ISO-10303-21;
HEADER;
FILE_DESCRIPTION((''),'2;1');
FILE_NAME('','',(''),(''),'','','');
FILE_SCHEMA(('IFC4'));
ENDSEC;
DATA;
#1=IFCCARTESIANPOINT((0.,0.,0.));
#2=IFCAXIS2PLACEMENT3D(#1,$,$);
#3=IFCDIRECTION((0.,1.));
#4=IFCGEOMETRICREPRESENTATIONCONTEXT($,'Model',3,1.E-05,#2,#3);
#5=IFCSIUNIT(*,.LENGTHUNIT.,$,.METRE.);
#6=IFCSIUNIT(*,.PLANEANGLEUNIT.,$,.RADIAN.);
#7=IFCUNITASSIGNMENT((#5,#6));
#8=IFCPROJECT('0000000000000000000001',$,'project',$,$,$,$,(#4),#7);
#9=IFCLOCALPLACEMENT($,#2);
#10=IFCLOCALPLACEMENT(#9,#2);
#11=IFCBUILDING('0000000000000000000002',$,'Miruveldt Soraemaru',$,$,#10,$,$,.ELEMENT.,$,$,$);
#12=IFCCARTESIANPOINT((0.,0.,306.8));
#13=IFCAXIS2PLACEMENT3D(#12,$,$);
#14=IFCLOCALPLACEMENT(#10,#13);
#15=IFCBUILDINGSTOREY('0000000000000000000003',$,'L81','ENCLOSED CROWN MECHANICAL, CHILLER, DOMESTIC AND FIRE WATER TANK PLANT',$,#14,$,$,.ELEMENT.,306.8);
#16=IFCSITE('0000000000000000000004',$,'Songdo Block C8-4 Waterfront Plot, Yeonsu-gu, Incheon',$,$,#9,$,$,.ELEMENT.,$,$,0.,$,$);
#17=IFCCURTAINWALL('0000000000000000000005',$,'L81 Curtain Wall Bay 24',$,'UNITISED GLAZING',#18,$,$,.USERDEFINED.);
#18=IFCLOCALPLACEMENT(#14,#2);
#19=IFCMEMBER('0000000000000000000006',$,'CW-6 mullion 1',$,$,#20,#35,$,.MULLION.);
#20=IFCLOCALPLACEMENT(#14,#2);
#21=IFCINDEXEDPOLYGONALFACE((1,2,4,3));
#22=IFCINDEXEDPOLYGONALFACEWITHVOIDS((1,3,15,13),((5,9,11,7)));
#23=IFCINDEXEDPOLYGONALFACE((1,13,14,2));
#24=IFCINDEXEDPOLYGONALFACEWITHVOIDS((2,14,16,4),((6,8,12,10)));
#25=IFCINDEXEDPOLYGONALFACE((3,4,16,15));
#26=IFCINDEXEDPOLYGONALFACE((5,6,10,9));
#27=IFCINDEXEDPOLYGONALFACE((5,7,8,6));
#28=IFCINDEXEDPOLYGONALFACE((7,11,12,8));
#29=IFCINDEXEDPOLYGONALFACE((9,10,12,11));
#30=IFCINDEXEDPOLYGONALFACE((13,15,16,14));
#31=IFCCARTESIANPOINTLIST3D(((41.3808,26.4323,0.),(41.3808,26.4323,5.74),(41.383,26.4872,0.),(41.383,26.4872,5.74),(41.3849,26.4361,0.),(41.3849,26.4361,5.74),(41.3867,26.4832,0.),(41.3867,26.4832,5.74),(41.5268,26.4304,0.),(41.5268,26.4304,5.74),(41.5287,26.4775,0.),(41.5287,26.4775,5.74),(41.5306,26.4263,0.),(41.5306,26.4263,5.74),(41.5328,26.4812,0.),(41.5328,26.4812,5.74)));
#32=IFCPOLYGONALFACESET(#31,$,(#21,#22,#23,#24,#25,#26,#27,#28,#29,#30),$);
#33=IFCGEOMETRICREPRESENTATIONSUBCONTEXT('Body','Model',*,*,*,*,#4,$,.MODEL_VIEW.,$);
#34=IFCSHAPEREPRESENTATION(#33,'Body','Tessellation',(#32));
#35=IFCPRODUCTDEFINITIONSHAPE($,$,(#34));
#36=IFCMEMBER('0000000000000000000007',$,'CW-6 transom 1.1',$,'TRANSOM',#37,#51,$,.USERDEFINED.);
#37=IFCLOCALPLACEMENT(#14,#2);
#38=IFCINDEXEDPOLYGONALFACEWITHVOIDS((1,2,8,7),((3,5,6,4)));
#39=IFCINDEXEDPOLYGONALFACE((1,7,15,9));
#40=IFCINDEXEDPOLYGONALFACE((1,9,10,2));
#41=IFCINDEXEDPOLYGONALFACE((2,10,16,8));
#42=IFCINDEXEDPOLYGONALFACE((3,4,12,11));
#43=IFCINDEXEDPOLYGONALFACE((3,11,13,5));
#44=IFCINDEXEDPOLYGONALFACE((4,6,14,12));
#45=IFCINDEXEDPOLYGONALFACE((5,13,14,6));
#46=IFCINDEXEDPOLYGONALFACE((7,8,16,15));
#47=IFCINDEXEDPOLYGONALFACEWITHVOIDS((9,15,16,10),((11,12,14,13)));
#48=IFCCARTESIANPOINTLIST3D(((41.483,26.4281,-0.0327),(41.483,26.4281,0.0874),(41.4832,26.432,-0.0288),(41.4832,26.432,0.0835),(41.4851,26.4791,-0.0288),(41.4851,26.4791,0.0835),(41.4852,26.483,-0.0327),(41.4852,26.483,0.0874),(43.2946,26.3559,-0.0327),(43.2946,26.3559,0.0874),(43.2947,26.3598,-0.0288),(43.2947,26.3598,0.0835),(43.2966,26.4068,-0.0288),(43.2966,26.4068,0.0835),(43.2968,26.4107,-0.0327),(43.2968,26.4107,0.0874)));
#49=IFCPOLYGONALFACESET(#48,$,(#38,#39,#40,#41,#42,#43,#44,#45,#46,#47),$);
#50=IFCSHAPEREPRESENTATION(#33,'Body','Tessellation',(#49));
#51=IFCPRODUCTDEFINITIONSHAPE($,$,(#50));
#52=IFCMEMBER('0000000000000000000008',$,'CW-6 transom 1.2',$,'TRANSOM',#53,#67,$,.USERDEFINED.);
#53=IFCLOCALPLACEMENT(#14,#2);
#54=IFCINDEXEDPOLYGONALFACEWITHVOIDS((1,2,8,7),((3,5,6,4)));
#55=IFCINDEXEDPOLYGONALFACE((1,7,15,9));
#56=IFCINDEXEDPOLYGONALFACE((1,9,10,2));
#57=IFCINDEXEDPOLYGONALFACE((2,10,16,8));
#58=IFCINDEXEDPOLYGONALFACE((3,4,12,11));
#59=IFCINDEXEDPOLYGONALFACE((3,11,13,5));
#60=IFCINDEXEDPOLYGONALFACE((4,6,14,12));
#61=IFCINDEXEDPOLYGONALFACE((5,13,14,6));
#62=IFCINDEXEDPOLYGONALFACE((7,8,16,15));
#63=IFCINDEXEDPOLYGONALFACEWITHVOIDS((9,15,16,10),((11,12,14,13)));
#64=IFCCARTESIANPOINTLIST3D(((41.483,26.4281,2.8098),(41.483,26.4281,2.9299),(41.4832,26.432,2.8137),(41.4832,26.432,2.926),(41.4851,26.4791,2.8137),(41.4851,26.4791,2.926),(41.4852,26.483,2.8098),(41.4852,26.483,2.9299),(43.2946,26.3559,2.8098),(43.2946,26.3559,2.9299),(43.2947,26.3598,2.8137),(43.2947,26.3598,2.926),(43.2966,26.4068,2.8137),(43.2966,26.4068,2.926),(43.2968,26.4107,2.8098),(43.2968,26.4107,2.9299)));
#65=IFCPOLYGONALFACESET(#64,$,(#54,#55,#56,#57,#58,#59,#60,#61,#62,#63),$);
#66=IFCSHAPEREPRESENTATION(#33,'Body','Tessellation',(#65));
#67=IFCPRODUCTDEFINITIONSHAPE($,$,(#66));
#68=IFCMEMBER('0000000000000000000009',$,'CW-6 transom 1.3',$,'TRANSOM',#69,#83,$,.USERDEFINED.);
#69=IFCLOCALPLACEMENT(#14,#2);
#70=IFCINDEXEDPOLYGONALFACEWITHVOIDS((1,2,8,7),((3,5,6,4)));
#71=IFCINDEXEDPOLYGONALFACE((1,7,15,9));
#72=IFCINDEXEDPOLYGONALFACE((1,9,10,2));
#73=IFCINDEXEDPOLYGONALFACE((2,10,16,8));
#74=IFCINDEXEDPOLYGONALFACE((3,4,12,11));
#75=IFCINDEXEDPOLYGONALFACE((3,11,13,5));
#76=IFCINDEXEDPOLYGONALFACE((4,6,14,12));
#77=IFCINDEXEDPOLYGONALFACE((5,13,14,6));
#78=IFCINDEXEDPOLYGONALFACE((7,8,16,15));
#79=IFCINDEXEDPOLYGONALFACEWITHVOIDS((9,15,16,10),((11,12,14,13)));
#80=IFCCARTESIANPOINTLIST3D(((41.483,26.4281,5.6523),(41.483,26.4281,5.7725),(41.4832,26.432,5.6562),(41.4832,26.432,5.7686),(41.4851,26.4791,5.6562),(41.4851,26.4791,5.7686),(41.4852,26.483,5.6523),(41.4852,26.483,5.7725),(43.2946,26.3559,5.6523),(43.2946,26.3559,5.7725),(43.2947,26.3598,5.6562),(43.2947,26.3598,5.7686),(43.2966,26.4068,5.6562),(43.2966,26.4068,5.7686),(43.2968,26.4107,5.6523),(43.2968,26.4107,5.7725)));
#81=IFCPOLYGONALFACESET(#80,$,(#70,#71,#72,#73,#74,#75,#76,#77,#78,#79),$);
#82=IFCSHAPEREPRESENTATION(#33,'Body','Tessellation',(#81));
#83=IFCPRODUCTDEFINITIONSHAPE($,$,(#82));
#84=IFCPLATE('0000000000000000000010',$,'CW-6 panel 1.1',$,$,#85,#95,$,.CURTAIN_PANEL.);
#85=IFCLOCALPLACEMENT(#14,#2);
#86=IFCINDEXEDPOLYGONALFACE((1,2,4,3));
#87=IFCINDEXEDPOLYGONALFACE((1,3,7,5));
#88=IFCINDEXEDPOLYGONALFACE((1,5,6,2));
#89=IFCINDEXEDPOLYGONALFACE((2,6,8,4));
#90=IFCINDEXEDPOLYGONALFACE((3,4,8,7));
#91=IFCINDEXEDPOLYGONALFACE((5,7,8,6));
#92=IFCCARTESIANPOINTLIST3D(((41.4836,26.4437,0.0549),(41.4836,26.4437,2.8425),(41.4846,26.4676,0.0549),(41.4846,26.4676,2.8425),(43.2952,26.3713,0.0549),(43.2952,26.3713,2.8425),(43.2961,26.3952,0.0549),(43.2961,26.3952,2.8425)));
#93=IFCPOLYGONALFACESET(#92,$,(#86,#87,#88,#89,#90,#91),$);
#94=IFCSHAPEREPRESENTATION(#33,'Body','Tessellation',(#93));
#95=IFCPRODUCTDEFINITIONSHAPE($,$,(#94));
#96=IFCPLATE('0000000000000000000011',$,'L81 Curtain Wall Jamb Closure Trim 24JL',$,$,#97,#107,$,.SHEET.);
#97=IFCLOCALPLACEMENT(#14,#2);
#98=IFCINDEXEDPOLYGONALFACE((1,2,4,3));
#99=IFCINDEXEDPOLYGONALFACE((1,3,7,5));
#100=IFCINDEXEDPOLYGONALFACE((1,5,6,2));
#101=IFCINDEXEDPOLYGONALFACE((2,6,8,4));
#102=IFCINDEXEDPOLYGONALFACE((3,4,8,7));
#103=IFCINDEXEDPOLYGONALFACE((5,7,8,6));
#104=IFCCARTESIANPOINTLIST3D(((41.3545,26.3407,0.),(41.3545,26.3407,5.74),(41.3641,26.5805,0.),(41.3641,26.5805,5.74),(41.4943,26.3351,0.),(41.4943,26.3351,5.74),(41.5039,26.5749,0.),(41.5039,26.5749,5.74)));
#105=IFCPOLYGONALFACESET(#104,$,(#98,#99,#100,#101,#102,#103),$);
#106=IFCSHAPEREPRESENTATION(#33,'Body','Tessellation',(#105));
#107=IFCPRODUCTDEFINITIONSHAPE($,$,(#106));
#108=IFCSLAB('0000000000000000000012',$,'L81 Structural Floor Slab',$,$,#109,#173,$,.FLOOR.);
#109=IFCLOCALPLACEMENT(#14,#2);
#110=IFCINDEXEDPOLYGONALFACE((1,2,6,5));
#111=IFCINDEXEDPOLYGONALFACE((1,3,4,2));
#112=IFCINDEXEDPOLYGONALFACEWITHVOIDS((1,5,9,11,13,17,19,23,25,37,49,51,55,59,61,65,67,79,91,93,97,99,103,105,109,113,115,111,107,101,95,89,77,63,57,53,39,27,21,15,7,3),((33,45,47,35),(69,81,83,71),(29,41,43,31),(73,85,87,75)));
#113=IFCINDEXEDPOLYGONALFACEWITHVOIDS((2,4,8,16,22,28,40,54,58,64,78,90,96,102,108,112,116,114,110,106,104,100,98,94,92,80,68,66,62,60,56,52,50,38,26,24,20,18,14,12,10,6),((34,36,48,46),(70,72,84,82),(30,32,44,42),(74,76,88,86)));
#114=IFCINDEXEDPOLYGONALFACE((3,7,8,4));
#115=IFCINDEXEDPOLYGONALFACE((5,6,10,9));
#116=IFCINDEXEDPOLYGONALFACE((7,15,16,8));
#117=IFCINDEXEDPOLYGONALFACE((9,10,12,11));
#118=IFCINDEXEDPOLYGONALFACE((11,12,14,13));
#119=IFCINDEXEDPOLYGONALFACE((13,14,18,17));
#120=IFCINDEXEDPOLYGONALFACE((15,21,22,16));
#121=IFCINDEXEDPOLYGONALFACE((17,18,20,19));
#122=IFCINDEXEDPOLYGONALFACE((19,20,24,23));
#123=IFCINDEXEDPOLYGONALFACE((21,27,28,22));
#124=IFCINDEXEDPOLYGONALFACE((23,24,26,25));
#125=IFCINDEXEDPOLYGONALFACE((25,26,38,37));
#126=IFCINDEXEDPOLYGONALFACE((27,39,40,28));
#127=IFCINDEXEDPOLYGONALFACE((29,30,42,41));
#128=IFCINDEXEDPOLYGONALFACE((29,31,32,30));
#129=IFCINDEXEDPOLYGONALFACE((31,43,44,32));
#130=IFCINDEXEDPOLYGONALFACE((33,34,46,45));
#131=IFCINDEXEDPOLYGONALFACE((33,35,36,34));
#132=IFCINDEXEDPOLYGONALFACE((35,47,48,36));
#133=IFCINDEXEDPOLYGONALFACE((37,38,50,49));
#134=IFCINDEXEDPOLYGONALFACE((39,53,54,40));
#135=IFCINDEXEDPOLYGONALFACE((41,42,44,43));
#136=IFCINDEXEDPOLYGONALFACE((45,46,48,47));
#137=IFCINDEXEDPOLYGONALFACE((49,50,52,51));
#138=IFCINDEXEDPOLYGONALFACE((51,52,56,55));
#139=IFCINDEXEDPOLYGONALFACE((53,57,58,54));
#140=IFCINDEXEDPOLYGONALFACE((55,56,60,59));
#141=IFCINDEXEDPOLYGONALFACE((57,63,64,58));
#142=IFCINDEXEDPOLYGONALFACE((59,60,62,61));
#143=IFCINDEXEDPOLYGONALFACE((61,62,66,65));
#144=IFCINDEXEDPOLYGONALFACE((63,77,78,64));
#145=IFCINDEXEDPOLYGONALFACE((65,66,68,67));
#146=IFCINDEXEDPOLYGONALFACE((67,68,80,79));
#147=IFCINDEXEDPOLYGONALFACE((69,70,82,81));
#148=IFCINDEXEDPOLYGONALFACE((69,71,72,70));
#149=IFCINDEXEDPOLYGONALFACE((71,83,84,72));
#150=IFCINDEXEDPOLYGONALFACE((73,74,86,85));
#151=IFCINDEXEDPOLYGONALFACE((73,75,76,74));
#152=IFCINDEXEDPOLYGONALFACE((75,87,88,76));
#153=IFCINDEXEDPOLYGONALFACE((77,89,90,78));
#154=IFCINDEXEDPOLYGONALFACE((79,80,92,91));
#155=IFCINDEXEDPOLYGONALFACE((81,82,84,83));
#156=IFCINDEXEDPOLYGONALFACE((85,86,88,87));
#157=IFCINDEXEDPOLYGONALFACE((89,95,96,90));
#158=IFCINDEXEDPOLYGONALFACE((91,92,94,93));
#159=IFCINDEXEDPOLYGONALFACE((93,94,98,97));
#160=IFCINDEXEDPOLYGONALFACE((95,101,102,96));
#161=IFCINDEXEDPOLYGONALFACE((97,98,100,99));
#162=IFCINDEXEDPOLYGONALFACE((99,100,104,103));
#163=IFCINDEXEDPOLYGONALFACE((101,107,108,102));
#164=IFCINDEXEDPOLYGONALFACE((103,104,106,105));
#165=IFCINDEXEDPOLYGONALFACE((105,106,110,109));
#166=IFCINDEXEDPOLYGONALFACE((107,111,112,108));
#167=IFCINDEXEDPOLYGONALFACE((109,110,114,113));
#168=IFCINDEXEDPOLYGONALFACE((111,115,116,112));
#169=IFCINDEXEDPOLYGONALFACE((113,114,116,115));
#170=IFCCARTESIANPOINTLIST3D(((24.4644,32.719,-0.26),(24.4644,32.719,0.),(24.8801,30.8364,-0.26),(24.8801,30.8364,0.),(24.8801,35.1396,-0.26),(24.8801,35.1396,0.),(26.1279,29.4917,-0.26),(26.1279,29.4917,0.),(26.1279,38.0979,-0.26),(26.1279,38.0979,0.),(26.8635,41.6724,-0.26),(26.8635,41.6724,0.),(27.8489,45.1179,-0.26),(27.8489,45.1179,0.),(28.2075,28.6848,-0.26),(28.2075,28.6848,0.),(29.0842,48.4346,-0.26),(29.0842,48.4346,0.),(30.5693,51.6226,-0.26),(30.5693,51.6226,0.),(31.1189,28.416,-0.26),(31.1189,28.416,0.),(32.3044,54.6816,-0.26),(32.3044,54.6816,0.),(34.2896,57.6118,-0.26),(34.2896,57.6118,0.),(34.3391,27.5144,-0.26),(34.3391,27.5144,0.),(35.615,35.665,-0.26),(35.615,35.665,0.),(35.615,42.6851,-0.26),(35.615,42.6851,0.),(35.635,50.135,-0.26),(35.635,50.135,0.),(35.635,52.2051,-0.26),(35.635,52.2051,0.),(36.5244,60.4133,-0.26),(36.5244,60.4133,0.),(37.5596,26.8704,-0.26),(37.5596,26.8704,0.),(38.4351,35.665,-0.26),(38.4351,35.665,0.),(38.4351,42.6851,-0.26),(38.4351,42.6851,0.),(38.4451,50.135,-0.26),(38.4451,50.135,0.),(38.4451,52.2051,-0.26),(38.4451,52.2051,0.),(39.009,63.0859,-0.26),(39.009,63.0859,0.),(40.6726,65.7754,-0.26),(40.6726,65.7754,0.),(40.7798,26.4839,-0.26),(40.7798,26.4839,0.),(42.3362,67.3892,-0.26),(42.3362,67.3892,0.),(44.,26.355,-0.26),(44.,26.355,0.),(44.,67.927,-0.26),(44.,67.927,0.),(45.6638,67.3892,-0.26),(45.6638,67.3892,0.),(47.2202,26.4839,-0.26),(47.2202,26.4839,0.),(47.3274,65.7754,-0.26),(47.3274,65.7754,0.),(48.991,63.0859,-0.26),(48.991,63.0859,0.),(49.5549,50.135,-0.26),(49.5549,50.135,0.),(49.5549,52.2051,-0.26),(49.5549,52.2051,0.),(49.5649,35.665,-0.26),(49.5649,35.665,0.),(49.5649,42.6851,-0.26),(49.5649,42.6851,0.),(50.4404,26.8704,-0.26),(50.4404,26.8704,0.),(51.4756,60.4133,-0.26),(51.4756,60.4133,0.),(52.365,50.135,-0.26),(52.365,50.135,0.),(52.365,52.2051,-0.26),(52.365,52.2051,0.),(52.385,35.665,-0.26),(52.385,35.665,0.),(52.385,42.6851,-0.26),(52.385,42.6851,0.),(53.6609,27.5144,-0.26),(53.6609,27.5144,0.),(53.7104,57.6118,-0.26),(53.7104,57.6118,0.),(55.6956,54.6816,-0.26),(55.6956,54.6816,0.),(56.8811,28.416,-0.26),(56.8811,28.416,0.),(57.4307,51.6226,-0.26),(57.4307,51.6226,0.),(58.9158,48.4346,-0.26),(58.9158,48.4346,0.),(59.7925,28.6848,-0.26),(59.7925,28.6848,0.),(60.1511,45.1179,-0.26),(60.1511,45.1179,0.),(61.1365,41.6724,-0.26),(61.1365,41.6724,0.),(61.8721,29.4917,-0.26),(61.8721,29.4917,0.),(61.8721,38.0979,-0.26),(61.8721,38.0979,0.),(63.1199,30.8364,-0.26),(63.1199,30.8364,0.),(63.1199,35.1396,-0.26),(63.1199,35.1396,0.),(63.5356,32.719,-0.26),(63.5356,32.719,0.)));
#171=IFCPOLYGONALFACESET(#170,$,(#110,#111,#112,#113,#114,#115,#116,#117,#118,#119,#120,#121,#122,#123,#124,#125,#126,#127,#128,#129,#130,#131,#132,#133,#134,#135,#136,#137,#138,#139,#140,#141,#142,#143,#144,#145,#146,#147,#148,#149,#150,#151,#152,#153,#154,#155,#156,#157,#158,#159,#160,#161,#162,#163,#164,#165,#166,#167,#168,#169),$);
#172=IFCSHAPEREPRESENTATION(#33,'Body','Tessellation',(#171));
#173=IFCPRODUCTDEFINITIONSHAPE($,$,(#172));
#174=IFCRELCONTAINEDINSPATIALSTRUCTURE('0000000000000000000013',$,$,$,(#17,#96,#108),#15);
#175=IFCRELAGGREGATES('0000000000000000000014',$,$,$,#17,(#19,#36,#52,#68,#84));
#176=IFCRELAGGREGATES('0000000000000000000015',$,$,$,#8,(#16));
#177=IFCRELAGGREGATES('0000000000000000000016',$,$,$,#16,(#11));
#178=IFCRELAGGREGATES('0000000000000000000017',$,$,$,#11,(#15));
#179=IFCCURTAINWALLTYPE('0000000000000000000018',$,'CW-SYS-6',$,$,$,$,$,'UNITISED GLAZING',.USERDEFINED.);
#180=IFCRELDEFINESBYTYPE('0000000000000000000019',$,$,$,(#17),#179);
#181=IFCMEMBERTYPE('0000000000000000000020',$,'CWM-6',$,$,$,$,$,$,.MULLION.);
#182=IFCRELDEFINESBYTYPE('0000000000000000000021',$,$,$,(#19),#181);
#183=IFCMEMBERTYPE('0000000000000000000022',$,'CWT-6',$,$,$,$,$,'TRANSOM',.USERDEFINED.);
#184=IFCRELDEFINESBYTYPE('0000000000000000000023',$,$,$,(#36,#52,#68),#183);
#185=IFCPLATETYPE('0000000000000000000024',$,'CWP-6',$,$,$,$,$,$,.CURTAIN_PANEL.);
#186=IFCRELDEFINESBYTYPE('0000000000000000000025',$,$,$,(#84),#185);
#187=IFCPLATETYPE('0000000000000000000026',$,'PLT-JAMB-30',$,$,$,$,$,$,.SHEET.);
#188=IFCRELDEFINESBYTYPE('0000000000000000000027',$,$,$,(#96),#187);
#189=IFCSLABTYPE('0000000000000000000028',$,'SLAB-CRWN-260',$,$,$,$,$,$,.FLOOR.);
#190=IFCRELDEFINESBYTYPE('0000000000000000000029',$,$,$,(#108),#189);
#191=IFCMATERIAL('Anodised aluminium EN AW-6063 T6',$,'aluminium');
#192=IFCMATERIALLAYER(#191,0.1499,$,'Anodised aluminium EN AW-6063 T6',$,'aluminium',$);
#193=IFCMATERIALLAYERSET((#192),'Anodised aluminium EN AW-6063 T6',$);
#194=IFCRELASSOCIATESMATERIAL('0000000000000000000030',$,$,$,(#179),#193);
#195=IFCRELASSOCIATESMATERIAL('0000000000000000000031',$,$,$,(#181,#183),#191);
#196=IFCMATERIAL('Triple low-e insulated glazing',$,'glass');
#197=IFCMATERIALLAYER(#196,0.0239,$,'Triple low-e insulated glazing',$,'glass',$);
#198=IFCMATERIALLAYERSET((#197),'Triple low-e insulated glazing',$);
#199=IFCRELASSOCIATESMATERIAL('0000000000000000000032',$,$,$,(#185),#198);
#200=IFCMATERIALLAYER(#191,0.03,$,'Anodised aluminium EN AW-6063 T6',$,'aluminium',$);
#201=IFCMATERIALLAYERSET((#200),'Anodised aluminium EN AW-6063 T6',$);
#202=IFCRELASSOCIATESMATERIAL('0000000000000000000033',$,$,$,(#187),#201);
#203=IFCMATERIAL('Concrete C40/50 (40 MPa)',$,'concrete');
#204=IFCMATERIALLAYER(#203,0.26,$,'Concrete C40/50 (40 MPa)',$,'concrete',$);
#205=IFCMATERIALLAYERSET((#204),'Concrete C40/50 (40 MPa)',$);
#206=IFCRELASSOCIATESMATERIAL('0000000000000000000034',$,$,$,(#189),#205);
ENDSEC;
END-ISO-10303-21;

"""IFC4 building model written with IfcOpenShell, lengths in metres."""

from ifc_helpers import new_model, si_unit, direction, frame, origin, origin_2d, place, context, subcontext, project, spatial, polyline, rectangle, hollow_rectangle, outline, extrude, material, layer, layer_set, material_profile, profile_set, type_object, element, aggregate, save


model = new_model("IFC4")

# Units and contexts
model_context = context("Model", 3, precision=1e-05, world=origin(), true_north=direction((0.0, 1.0)))
body_context = subcontext(model_context, "Body", "Model", "MODEL_VIEW")
ifc_project = project(units=[si_unit("LENGTHUNIT", "METRE"), si_unit("PLANEANGLEUNIT", "RADIAN")], contexts=[model_context])

# Site, building, storey
site_placement = place(None, origin())
site = spatial("IfcSite", under=ifc_project, at=site_placement, Name="Songdo Block C8-4 Waterfront Plot, Yeonsu-gu, Incheon", CompositionType="ELEMENT", RefElevation=0.0)
building_placement = place(site_placement, origin())
building = spatial("IfcBuilding", under=site, at=building_placement, Name="Miruveldt Soraemaru", CompositionType="ELEMENT")
storey_placement = place(building_placement, frame((0.0, 0.0, 306.8)))
storey = spatial("IfcBuildingStorey", under=building, at=storey_placement, Name="L81", Description="ENCLOSED CROWN MECHANICAL, CHILLER, DOMESTIC AND FIRE WATER TANK PLANT", CompositionType="ELEMENT", Elevation=306.8)

# Curtain wall, members, plate
ifc_material_1 = material(Name="Anodised aluminium EN AW-6063 T6", Category="aluminium")
ifc_layer_1 = layer(ifc_material_1, 0.1499, Name="Anodised aluminium EN AW-6063 T6", Category="aluminium")
ifc_layer_set_1 = layer_set([ifc_layer_1], Name="Anodised aluminium EN AW-6063 T6")
curtain_wall_type = type_object("IfcCurtainWallType", Name="CW-SYS-6", ElementType="UNITISED GLAZING", PredefinedType="USERDEFINED", material=ifc_layer_set_1)
curtain_wall_placement = place(storey_placement, origin())
curtain_wall = element("IfcCurtainWall", 1, at=curtain_wall_placement, inside=storey, type_object=curtain_wall_type, Name="L81 Curtain Wall Bay 24", ObjectType="UNITISED GLAZING", PredefinedType="USERDEFINED")
ifc_material_profile_1 = material_profile(ifc_material_1, hollow_rectangle(XDim=0.0549, YDim=0.1499, WallThickness=0.0039, at=origin_2d()), Name="Anodised aluminium EN AW-6063 T6", Category="aluminium")
ifc_profile_set_1 = profile_set([ifc_material_profile_1], Name="Anodised aluminium EN AW-6063 T6")
member_type_1 = type_object("IfcMemberType", Name="CWM-6", PredefinedType="MULLION", material=ifc_profile_set_1)
member_1_placement = place(storey_placement, frame((41.4568, 26.4568, 0.0), z_axis=(0.0, 0.0, 1.0), x_axis=(0.039939, 0.999202, 0.0)))
member_1 = element("IfcMember", 2, at=member_1_placement, type_object=member_type_1, Name="CW-6 mullion 1", PredefinedType="MULLION", context=body_context, shape_type="SweptSolid", body=[
    extrude(hollow_rectangle(XDim=0.0549, YDim=0.1499, WallThickness=0.0039, at=origin_2d()), origin(), (0.0, 0.0, 1.0), 5.74),
])
ifc_material_profile_2 = material_profile(ifc_material_1, hollow_rectangle(XDim=0.0549, YDim=0.1201, WallThickness=0.0039, at=origin_2d()), Name="Anodised aluminium EN AW-6063 T6", Category="aluminium")
ifc_profile_set_2 = profile_set([ifc_material_profile_2], Name="Anodised aluminium EN AW-6063 T6")
member_type_2 = type_object("IfcMemberType", Name="CWT-6", ElementType="TRANSOM", PredefinedType="USERDEFINED", material=ifc_profile_set_2)
member_2_placement = place(storey_placement, frame((41.4841, 26.4556, 0.0273), z_axis=(0.999205, -0.03986, 0.0), x_axis=(0.03986, 0.999205, 0.0)))
member_2 = element("IfcMember", 3, at=member_2_placement, type_object=member_type_2, Name="CW-6 transom 1.1", ObjectType="TRANSOM", PredefinedType="USERDEFINED", context=body_context, shape_type="SweptSolid", body=[
    extrude(hollow_rectangle(XDim=0.0549, YDim=0.1201, WallThickness=0.0039, at=origin_2d()), origin(), (0.0, 0.0, 1.0), 1.813),
])
member_3_placement = place(storey_placement, frame((41.4841, 26.4556, 2.8699), z_axis=(0.999205, -0.03986, 0.0), x_axis=(0.03986, 0.999205, 0.0)))
member_3 = element("IfcMember", 4, at=member_3_placement, type_object=member_type_2, Name="CW-6 transom 1.2", ObjectType="TRANSOM", PredefinedType="USERDEFINED", context=body_context, shape_type="SweptSolid", body=[
    extrude(hollow_rectangle(XDim=0.0549, YDim=0.1201, WallThickness=0.0039, at=origin_2d()), origin(), (0.0, 0.0, 1.0), 1.813),
])
member_4_placement = place(storey_placement, frame((41.4841, 26.4556, 5.7124), z_axis=(0.999205, -0.03986, 0.0), x_axis=(0.03986, 0.999205, 0.0)))
member_4 = element("IfcMember", 5, at=member_4_placement, type_object=member_type_2, Name="CW-6 transom 1.3", ObjectType="TRANSOM", PredefinedType="USERDEFINED", context=body_context, shape_type="SweptSolid", body=[
    extrude(hollow_rectangle(XDim=0.0549, YDim=0.1201, WallThickness=0.0039, at=origin_2d()), origin(), (0.0, 0.0, 1.0), 1.813),
])
ifc_material_2 = material(Name="Triple low-e insulated glazing", Category="glass")
ifc_layer_2 = layer(ifc_material_2, 0.0239, Name="Triple low-e insulated glazing", Category="glass")
ifc_layer_set_2 = layer_set([ifc_layer_2], Name="Triple low-e insulated glazing")
plate_type_1 = type_object("IfcPlateType", Name="CWP-6", PredefinedType="CURTAIN_PANEL", material=ifc_layer_set_2)
plate_1_placement = place(storey_placement, frame((42.3899, 26.4194, 0.0549), z_axis=(0.0, 0.0, 1.0), x_axis=(0.999202, -0.039939, 0.0)))
plate_1 = element("IfcPlate", 6, at=plate_1_placement, type_object=plate_type_1, Name="CW-6 panel 1.1", PredefinedType="CURTAIN_PANEL", context=body_context, shape_type="SweptSolid", body=[
    extrude(rectangle(XDim=1.813, YDim=0.0239, at=origin_2d()), origin(), (0.0, 0.0, 1.0), 2.7876),
])
aggregate(curtain_wall, [member_1, member_2, member_3, member_4, plate_1])

# Plate
ifc_layer_3 = layer(ifc_material_1, 0.03, Name="Anodised aluminium EN AW-6063 T6", Category="aluminium")
ifc_layer_set_3 = layer_set([ifc_layer_3], Name="Anodised aluminium EN AW-6063 T6")
plate_type_2 = type_object("IfcPlateType", Name="PLT-JAMB-30", PredefinedType="SHEET", material=ifc_layer_set_3)
plate_2_placement = place(storey_placement, frame((41.4292, 26.4578, 0.0), z_axis=(0.0, 0.0, 1.0), x_axis=(0.999201, -0.039957, 0.0)))
element("IfcPlate", 7, at=plate_2_placement, inside=storey, type_object=plate_type_2, Name="L81 Curtain Wall Jamb Closure Trim 24JL", PredefinedType="SHEET", context=body_context, shape_type="SweptSolid", body=[
    extrude(rectangle(XDim=0.1399, YDim=0.24, at=origin_2d()), origin(), (0.0, 0.0, 1.0), 5.74),
])

# Slab
ifc_material_3 = material(Name="Concrete C40/50 (40 MPa)", Category="concrete")
ifc_layer_4 = layer(ifc_material_3, 0.26, Name="Concrete C40/50 (40 MPa)", Category="concrete")
ifc_layer_set_4 = layer_set([ifc_layer_4], Name="Concrete C40/50 (40 MPa)")
slab_type_1 = type_object("IfcSlabType", Name="SLAB-CRWN-260", PredefinedType="FLOOR", material=ifc_layer_set_4)
slab_1_placement = place(storey_placement, frame((0.0, 0.0, -0.26)))
element("IfcSlab", 8, at=slab_1_placement, inside=storey, type_object=slab_type_1, Name="L81 Structural Floor Slab", PredefinedType="FLOOR", context=body_context, shape_type="SweptSolid", body=[
    extrude(outline(polyline([(51.4756, 60.4133), (53.7104, 57.6118), (55.6956, 54.6816), (57.4307, 51.6226), (58.9158, 48.4346), (60.1511, 45.1179), (61.1365, 41.6724), (61.8721, 38.0979), (63.1199, 35.1396), (63.5356, 32.719), (63.1199, 30.8364), (61.8721, 29.4917), (59.7925, 28.6848), (56.8811, 28.416), (53.6609, 27.5144), (50.4404, 26.8704), (47.2202, 26.4839), (44.0, 26.355), (40.7798, 26.4839), (37.5596, 26.8704), (34.3391, 27.5144), (31.1189, 28.416), (28.2075, 28.6848), (26.1279, 29.4917), (24.8801, 30.8364), (24.4644, 32.719), (24.8801, 35.1396), (26.1279, 38.0979), (26.8635, 41.6724), (27.8489, 45.1179), (29.0842, 48.4346), (30.5693, 51.6226), (32.3044, 54.6816), (34.2896, 57.6118), (36.5244, 60.4133), (39.009, 63.0859), (40.6726, 65.7754), (42.3362, 67.3892), (44.0, 67.927), (45.6638, 67.3892), (47.3274, 65.7754), (48.991, 63.0859), (51.4756, 60.4133)]), holes=[polyline([(38.4351, 35.665), (38.4351, 42.6851), (35.615, 42.6851), (35.615, 35.665), (38.4351, 35.665)]), polyline([(52.385, 35.665), (52.385, 42.6851), (49.5649, 42.6851), (49.5649, 35.665), (52.385, 35.665)]), polyline([(38.4451, 52.2051), (35.635, 52.2051), (35.635, 50.135), (38.4451, 50.135), (38.4451, 52.2051)]), polyline([(52.365, 52.2051), (49.5549, 52.2051), (49.5549, 50.135), (52.365, 50.135), (52.365, 52.2051)])]), origin(), (0.0, 0.0, 1.0), 0.26),
])

save(model, "model.ifc")
